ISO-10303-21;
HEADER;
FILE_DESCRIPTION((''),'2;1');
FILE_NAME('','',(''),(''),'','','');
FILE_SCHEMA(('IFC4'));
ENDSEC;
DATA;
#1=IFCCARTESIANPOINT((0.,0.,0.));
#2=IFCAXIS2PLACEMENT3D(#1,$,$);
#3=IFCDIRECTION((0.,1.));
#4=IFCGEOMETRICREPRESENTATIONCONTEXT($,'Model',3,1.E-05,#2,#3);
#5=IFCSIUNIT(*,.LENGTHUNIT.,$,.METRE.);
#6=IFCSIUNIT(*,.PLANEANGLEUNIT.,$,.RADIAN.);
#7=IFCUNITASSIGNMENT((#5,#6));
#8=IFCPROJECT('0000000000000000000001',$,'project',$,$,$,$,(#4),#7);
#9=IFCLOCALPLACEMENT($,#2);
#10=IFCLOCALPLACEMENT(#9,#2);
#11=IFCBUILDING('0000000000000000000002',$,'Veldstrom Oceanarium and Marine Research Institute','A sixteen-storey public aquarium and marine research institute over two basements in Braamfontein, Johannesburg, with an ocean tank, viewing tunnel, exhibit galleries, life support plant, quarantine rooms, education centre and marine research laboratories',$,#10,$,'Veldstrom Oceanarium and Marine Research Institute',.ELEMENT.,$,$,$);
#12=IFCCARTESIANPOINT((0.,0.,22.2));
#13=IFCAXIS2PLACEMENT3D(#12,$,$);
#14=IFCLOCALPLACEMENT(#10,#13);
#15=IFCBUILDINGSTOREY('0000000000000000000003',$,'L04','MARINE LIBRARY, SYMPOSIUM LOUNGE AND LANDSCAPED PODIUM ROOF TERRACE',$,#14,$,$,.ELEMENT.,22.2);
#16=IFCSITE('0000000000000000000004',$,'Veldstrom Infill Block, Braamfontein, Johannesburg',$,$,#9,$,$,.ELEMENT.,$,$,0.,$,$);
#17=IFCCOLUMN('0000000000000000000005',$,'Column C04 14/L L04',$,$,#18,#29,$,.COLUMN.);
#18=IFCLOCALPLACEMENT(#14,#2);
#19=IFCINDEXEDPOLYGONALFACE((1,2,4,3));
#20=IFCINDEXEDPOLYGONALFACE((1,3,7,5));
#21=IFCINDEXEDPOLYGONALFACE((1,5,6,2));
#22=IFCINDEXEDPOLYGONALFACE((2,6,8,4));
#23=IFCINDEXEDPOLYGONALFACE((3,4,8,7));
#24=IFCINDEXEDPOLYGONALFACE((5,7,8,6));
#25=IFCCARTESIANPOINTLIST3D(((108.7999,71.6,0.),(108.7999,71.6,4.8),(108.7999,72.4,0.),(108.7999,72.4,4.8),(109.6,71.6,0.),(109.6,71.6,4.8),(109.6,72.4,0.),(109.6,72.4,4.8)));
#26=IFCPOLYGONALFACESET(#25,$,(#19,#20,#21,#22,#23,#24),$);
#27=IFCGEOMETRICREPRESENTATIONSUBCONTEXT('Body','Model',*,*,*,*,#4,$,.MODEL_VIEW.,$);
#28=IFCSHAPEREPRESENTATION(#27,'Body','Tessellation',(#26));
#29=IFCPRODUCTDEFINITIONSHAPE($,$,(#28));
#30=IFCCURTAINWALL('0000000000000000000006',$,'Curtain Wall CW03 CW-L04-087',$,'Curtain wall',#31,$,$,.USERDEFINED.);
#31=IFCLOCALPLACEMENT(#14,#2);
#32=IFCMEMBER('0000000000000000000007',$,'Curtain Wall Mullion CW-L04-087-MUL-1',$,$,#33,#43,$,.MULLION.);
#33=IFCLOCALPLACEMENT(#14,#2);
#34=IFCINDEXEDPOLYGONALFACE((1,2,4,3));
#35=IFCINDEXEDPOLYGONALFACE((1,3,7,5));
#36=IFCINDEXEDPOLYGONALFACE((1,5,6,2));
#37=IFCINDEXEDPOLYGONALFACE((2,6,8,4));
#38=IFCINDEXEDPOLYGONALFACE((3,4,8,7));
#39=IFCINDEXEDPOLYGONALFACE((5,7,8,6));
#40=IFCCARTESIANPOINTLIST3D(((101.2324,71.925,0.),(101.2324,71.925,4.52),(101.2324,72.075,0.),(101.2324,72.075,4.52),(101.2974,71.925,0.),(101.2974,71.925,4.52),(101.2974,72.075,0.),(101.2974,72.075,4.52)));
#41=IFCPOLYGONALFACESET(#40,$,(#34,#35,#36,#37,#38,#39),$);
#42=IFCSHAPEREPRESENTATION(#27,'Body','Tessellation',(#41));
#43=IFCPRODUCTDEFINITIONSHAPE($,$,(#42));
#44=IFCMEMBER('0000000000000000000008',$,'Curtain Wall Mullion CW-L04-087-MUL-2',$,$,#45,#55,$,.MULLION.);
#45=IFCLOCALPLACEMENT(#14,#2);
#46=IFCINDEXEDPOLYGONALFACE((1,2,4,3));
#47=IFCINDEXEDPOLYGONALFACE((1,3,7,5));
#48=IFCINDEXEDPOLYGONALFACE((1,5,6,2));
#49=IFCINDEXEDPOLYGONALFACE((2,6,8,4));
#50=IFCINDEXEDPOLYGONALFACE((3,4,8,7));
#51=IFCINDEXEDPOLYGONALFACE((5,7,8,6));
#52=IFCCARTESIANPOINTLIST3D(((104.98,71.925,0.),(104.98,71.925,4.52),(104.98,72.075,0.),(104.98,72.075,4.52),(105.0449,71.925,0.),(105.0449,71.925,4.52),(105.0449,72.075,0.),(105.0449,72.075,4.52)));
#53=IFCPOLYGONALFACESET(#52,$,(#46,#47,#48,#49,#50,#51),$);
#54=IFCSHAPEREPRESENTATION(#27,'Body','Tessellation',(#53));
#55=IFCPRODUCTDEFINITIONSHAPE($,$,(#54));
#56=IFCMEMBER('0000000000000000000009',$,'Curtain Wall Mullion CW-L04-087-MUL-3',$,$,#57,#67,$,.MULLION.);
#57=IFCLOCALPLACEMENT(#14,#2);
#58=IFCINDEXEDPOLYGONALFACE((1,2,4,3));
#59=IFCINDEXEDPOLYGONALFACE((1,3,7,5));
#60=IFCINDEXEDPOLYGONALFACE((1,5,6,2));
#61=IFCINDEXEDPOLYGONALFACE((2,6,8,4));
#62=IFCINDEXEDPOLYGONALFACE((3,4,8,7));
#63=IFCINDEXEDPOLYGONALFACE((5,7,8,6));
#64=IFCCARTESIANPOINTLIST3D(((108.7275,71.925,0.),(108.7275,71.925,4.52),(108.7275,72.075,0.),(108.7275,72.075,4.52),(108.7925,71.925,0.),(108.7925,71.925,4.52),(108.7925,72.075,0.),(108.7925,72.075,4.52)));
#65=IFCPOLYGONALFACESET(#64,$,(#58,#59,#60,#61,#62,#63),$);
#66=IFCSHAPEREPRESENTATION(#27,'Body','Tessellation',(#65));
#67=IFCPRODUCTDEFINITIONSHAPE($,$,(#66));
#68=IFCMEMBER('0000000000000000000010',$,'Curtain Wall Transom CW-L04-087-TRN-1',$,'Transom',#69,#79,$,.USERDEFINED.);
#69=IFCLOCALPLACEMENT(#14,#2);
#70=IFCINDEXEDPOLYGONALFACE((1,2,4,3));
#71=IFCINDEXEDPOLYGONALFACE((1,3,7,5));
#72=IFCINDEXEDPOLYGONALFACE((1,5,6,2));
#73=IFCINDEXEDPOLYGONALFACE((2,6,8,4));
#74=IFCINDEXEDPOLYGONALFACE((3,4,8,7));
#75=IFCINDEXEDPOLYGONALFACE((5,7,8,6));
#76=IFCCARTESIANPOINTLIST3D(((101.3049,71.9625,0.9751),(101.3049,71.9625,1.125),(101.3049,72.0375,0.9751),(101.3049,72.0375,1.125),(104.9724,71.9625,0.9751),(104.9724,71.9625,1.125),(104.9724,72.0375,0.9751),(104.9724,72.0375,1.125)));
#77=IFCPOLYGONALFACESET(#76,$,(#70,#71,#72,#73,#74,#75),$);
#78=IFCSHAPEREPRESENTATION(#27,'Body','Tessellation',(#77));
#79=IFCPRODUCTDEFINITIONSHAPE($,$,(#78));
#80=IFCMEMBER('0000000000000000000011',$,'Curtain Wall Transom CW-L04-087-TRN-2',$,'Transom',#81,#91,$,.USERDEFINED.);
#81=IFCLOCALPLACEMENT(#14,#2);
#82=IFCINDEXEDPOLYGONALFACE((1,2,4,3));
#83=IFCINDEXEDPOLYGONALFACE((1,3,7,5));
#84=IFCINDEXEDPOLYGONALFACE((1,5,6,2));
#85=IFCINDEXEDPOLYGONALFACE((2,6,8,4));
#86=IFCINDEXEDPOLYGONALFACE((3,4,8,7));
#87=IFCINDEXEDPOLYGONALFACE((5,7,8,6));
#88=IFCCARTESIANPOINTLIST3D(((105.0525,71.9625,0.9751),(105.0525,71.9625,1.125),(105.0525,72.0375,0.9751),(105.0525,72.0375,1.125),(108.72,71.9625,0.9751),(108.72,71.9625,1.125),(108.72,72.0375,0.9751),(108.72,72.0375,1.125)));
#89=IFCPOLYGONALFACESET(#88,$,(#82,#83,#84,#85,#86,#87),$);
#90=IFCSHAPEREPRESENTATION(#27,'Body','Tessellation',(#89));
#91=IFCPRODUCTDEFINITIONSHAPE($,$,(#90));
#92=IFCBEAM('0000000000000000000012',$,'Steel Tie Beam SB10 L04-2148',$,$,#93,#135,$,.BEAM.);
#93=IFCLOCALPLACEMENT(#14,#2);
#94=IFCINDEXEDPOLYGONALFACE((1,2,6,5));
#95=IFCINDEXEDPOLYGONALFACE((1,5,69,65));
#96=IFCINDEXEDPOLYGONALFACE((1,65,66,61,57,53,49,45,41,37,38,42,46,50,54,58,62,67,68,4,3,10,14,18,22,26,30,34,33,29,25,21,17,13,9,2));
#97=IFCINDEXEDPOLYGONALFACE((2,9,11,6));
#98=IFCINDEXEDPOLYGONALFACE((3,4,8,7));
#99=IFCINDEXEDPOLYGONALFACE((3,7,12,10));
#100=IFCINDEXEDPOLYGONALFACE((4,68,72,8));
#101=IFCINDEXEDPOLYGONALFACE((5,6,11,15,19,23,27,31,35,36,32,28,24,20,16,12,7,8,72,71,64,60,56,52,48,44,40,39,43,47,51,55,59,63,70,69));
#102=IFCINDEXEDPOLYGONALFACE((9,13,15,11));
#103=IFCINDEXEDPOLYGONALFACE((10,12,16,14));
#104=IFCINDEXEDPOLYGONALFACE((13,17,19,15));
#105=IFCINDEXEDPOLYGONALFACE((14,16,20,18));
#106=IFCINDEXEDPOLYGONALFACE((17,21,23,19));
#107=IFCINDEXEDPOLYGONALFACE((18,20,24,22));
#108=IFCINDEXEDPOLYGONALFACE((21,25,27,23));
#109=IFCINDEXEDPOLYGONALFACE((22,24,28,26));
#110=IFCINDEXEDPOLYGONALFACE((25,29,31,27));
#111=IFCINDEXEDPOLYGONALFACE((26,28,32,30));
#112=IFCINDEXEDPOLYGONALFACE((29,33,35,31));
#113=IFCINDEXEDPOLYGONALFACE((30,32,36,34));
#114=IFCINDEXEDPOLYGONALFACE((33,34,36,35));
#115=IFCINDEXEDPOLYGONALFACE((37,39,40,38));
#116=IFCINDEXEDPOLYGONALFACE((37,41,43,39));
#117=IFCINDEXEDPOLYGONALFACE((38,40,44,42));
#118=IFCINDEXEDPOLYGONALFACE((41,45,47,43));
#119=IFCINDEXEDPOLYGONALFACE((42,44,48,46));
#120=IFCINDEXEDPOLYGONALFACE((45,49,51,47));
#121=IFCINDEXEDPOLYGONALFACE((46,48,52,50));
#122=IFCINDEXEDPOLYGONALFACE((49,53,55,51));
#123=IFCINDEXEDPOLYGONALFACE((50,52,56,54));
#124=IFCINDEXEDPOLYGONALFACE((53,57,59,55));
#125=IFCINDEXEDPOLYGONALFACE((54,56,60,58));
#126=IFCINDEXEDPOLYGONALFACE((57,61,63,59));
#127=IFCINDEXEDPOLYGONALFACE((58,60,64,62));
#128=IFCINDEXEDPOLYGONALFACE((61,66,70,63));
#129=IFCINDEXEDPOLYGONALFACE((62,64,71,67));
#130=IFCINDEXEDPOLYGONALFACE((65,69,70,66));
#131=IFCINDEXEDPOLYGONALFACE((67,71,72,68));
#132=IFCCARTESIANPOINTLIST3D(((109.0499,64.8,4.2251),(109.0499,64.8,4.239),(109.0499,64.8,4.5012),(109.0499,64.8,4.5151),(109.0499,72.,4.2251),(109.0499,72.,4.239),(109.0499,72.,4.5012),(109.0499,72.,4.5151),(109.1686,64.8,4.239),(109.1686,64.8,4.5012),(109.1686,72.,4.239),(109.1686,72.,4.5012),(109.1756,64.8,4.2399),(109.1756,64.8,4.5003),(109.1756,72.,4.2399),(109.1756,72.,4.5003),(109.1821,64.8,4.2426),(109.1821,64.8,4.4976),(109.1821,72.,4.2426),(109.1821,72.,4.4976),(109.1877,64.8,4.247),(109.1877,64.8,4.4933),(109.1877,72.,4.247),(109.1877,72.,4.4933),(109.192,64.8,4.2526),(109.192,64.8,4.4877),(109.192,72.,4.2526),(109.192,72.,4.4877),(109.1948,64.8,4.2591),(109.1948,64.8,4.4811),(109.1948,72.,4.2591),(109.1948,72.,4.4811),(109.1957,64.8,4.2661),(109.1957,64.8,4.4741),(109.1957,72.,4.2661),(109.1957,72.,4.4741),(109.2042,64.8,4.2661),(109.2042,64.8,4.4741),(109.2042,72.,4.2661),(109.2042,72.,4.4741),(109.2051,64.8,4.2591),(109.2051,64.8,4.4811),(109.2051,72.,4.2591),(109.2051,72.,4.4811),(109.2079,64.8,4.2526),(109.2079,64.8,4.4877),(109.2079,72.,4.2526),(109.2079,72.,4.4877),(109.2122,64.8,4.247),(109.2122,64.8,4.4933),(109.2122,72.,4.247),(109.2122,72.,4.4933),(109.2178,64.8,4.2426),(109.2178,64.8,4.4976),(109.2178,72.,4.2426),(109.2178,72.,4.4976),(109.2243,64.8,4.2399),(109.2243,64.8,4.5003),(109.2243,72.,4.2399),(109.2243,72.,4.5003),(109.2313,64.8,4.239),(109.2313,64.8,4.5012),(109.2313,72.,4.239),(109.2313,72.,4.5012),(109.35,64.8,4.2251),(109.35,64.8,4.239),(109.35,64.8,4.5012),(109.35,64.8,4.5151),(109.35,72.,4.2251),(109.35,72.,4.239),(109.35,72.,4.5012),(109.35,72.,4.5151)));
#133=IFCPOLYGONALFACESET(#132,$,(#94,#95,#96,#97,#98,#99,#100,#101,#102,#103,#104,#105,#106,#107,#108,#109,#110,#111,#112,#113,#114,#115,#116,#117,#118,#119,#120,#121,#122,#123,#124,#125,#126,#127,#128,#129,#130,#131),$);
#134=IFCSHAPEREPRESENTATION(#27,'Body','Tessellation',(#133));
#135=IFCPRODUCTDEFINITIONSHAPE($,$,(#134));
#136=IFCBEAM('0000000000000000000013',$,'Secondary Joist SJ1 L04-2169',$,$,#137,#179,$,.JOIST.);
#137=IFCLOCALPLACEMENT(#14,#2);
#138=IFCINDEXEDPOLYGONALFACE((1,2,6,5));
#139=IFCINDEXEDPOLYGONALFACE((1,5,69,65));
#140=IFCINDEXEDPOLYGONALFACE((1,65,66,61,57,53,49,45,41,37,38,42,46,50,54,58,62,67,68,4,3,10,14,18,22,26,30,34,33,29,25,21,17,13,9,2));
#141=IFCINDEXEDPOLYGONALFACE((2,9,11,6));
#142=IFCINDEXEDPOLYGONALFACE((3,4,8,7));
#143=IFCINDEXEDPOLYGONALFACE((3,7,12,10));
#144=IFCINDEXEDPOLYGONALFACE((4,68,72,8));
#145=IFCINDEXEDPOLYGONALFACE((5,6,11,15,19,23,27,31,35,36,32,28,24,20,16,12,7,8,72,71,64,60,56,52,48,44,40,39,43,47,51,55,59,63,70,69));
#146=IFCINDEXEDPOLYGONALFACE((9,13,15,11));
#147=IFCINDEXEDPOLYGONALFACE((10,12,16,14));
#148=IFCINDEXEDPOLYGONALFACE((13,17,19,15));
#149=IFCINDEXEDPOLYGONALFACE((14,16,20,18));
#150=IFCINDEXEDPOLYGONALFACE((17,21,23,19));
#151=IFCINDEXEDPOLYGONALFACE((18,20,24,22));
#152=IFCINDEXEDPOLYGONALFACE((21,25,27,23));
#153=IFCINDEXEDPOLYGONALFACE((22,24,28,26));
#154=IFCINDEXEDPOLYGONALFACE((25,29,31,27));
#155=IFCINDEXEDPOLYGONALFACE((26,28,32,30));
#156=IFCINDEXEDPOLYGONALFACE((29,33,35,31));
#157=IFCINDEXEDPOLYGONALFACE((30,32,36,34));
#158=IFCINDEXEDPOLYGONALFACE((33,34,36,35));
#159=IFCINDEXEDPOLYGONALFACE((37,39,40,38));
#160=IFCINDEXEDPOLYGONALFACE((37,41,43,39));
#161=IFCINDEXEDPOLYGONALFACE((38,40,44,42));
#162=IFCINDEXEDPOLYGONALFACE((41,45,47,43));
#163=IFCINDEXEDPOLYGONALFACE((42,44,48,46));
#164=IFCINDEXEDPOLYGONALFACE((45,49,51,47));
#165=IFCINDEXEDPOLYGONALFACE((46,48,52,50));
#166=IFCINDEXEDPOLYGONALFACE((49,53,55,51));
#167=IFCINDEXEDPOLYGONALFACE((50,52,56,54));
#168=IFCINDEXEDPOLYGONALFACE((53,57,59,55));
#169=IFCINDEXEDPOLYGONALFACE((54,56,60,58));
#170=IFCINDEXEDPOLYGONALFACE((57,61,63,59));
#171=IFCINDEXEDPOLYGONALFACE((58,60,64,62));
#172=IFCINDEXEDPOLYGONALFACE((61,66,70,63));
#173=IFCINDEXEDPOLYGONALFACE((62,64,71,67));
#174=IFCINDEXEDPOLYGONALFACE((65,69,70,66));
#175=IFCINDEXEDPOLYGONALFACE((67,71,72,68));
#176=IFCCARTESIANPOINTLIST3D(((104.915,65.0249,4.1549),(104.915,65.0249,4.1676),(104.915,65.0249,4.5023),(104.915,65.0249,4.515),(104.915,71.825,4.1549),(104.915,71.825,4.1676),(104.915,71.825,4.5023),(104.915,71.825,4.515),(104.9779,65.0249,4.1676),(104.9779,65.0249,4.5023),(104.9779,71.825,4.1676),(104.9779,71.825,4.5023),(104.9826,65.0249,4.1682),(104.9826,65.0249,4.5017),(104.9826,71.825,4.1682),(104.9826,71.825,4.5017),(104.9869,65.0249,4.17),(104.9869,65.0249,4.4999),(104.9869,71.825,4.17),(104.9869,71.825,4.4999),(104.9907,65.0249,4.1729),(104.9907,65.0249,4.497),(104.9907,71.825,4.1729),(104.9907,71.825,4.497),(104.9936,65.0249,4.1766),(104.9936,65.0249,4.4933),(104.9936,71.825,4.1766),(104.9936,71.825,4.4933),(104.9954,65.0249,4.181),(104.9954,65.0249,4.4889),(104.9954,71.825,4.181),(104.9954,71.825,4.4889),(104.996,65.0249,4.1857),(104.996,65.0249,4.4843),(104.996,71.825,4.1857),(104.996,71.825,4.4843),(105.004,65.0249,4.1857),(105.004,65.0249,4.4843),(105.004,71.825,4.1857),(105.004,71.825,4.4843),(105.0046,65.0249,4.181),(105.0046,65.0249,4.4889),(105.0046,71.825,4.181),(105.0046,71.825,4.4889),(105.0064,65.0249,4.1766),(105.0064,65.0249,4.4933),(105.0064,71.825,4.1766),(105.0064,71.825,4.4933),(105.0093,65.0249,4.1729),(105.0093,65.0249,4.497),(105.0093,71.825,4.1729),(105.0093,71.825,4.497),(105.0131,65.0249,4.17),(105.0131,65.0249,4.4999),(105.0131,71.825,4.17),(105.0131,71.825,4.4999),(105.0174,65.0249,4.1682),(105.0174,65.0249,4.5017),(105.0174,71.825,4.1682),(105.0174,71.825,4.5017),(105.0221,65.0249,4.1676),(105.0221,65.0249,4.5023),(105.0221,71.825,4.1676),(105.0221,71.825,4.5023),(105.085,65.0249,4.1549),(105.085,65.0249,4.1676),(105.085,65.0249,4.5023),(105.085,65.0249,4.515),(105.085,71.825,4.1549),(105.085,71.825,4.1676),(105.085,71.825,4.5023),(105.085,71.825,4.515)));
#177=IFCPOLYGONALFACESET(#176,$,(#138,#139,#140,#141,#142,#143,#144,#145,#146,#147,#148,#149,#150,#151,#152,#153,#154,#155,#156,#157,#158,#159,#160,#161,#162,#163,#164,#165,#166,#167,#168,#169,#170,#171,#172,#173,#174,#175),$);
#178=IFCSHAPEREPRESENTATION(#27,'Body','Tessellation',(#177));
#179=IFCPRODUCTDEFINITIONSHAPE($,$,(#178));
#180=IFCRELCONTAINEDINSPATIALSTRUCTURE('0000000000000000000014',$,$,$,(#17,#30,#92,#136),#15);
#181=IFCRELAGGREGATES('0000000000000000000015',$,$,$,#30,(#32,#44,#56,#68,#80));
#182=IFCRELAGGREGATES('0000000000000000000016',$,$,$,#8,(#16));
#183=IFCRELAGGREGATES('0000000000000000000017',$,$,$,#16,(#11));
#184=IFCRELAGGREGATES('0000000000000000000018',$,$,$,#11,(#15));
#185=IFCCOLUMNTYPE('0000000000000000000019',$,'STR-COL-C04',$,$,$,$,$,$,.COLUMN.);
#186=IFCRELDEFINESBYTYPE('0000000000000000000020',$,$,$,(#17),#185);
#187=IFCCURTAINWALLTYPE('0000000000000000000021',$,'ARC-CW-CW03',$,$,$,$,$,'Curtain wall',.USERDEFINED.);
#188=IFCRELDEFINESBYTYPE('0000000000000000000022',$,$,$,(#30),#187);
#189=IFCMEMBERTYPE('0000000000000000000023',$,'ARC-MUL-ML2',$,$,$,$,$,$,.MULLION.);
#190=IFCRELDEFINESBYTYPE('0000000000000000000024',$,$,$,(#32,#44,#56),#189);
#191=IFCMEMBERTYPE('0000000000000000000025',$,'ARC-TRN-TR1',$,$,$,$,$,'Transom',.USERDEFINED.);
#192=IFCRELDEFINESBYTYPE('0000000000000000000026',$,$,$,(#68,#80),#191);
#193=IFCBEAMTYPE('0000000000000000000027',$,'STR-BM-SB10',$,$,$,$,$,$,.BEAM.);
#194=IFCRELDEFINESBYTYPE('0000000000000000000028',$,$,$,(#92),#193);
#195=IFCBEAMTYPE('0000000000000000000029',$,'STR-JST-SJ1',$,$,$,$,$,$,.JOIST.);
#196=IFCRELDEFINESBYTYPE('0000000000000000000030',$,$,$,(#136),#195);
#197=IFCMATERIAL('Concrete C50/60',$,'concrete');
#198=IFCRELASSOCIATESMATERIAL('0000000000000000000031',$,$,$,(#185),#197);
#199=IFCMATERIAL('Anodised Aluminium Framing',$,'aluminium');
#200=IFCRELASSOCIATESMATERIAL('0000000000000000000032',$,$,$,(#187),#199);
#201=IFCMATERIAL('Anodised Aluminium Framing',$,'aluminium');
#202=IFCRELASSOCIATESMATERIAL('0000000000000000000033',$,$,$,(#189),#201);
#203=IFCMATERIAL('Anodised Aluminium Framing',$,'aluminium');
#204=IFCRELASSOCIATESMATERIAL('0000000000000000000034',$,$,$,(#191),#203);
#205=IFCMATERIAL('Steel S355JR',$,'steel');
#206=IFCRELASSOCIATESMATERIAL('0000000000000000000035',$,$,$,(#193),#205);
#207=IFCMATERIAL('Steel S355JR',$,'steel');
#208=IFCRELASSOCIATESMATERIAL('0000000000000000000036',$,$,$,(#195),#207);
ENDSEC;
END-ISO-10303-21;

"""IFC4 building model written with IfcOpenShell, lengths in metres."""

from ifc_helpers import new_model, si_unit, direction, frame, origin, origin_2d, place, context, subcontext, project, spatial, rectangle, i_section, extrude, material, material_profile, profile_set, type_object, element, aggregate, save


model = new_model("IFC4")

# Units and contexts
model_context = context("Model", 3, precision=1e-05, world=origin(), true_north=direction((0.0, 1.0)))
body_context = subcontext(model_context, "Body", "Model", "MODEL_VIEW")
ifc_project = project(units=[si_unit("LENGTHUNIT", "METRE"), si_unit("PLANEANGLEUNIT", "RADIAN")], contexts=[model_context])

# Site, building, storey
site_placement = place(None, origin())
site = spatial("IfcSite", under=ifc_project, at=site_placement, Name="Veldstrom Infill Block, Braamfontein, Johannesburg", CompositionType="ELEMENT", RefElevation=0.0)
building_placement = place(site_placement, origin())
building = spatial("IfcBuilding", under=site, at=building_placement, Name="Veldstrom Oceanarium and Marine Research Institute", Description="A sixteen-storey public aquarium and marine research institute over two basements in Braamfontein, Johannesburg, with an ocean tank, viewing tunnel, exhibit galleries, life support plant, quarantine rooms, education centre and marine research laboratories", LongName="Veldstrom Oceanarium and Marine Research Institute", CompositionType="ELEMENT")
storey_placement = place(building_placement, frame((0.0, 0.0, 22.2)))
storey = spatial("IfcBuildingStorey", under=building, at=storey_placement, Name="L04", Description="MARINE LIBRARY, SYMPOSIUM LOUNGE AND LANDSCAPED PODIUM ROOF TERRACE", CompositionType="ELEMENT", Elevation=22.2)

# Column
ifc_material_1 = material(Name="Concrete C50/60", Category="concrete")
ifc_material_profile_1 = material_profile(ifc_material_1, rectangle(XDim=0.8, YDim=0.8, at=origin_2d()), Name="RC-COL-800x800")
ifc_profile_set_1 = profile_set([ifc_material_profile_1], Name="Concrete C50/60")
column_type = type_object("IfcColumnType", Name="STR-COL-C04", PredefinedType="COLUMN", material=ifc_profile_set_1)
column_placement = place(storey_placement, frame((109.2, 72.0, 0.0), z_axis=(0.0, 0.0, 1.0), x_axis=(1.0, 0.0, 0.0)))
element("IfcColumn", 1, at=column_placement, inside=storey, type_object=column_type, Name="Column C04 14/L L04", PredefinedType="COLUMN", context=body_context, shape_type="SweptSolid", body=[
    extrude(rectangle(XDim=0.8, YDim=0.8, at=origin_2d()), origin(), (0.0, 0.0, 1.0), 4.8),
])

# Curtain wall, members
ifc_material_2 = material(Name="Anodised Aluminium Framing", Category="aluminium")
curtain_wall_type = type_object("IfcCurtainWallType", Name="ARC-CW-CW03", ElementType="Curtain wall", PredefinedType="USERDEFINED", material=ifc_material_2)
curtain_wall_placement = place(storey_placement, origin())
curtain_wall = element("IfcCurtainWall", 2, at=curtain_wall_placement, inside=storey, type_object=curtain_wall_type, Name="Curtain Wall CW03 CW-L04-087", ObjectType="Curtain wall", PredefinedType="USERDEFINED")
ifc_material_3 = material(Name="Anodised Aluminium Framing", Category="aluminium")
ifc_material_profile_2 = material_profile(ifc_material_3, rectangle(XDim=0.0649, YDim=0.1499, at=origin_2d()), Name="ALU-MUL-65x150")
ifc_profile_set_2 = profile_set([ifc_material_profile_2], Name="Anodised Aluminium Framing")
member_type_1 = type_object("IfcMemberType", Name="ARC-MUL-ML2", PredefinedType="MULLION", material=ifc_profile_set_2)
member_1_placement = place(storey_placement, frame((101.2649, 72.0, 0.0), z_axis=(0.0, 0.0, 1.0), x_axis=(1.0, 0.0, 0.0)))
member_1 = element("IfcMember", 3, at=member_1_placement, type_object=member_type_1, Name="Curtain Wall Mullion CW-L04-087-MUL-1", PredefinedType="MULLION", context=body_context, shape_type="SweptSolid", body=[
    extrude(rectangle(XDim=0.0649, YDim=0.1499, at=origin_2d()), origin(), (0.0, 0.0, 1.0), 4.52),
])
member_2_placement = place(storey_placement, frame((105.0125, 72.0, 0.0), z_axis=(0.0, 0.0, 1.0), x_axis=(1.0, 0.0, 0.0)))
member_2 = element("IfcMember", 4, at=member_2_placement, type_object=member_type_1, Name="Curtain Wall Mullion CW-L04-087-MUL-2", PredefinedType="MULLION", context=body_context, shape_type="SweptSolid", body=[
    extrude(rectangle(XDim=0.0649, YDim=0.1499, at=origin_2d()), origin(), (0.0, 0.0, 1.0), 4.52),
])
member_3_placement = place(storey_placement, frame((108.76, 72.0, 0.0), z_axis=(0.0, 0.0, 1.0), x_axis=(1.0, 0.0, 0.0)))
member_3 = element("IfcMember", 5, at=member_3_placement, type_object=member_type_1, Name="Curtain Wall Mullion CW-L04-087-MUL-3", PredefinedType="MULLION", context=body_context, shape_type="SweptSolid", body=[
    extrude(rectangle(XDim=0.0649, YDim=0.1499, at=origin_2d()), origin(), (0.0, 0.0, 1.0), 4.52),
])
ifc_material_4 = material(Name="Anodised Aluminium Framing", Category="aluminium")
ifc_material_profile_3 = material_profile(ifc_material_4, rectangle(XDim=0.075, YDim=0.1499, at=origin_2d()), Name="ALU-TRN-75x150")
ifc_profile_set_3 = profile_set([ifc_material_profile_3], Name="Anodised Aluminium Framing")
member_type_2 = type_object("IfcMemberType", Name="ARC-TRN-TR1", ElementType="Transom", PredefinedType="USERDEFINED", material=ifc_profile_set_3)
member_4_placement = place(storey_placement, frame((101.3049, 72.0, 1.05), z_axis=(1.0, 0.0, 0.0), x_axis=(0.0, 1.0, 0.0)))
member_4 = element("IfcMember", 6, at=member_4_placement, type_object=member_type_2, Name="Curtain Wall Transom CW-L04-087-TRN-1", ObjectType="Transom", PredefinedType="USERDEFINED", context=body_context, shape_type="SweptSolid", body=[
    extrude(rectangle(XDim=0.075, YDim=0.1499, at=origin_2d()), origin(), (0.0, 0.0, 1.0), 3.6675),
])
member_5_placement = place(storey_placement, frame((105.0525, 72.0, 1.05), z_axis=(1.0, 0.0, 0.0), x_axis=(0.0, 1.0, 0.0)))
member_5 = element("IfcMember", 7, at=member_5_placement, type_object=member_type_2, Name="Curtain Wall Transom CW-L04-087-TRN-2", ObjectType="Transom", PredefinedType="USERDEFINED", context=body_context, shape_type="SweptSolid", body=[
    extrude(rectangle(XDim=0.075, YDim=0.1499, at=origin_2d()), origin(), (0.0, 0.0, 1.0), 3.6675),
])

# Beams
ifc_material_5 = material(Name="Steel S355JR", Category="steel")
ifc_material_profile_4 = material_profile(ifc_material_5, i_section(OverallWidth=0.3, OverallDepth=0.29, WebThickness=0.0085, FlangeThickness=0.0139, FilletRadius=0.0271, at=origin_2d()), Name="HEA 300")
ifc_profile_set_4 = profile_set([ifc_material_profile_4], Name="Steel S355JR")
beam_type_1 = type_object("IfcBeamType", Name="STR-BM-SB10", PredefinedType="BEAM", material=ifc_profile_set_4)
beam_1_placement = place(storey_placement, frame((109.2, 64.8, 4.3701), z_axis=(0.0, 1.0, 0.0), x_axis=(-1.0, 0.0, 0.0)))
element("IfcBeam", 8, at=beam_1_placement, inside=storey, type_object=beam_type_1, Name="Steel Tie Beam SB10 L04-2148", PredefinedType="BEAM", context=body_context, shape_type="SweptSolid", body=[
    extrude(i_section(OverallWidth=0.3, OverallDepth=0.29, WebThickness=0.0085, FlangeThickness=0.0139, FilletRadius=0.0271, at=origin_2d()), origin(), (0.0, 0.0, 1.0), 7.2),
])
ifc_material_6 = material(Name="Steel S355JR", Category="steel")
ifc_material_profile_5 = material_profile(ifc_material_6, i_section(OverallWidth=0.1699, OverallDepth=0.3601, WebThickness=0.0081, FlangeThickness=0.0127, FilletRadius=0.0181, at=origin_2d()), Name="IPE 360")
ifc_profile_set_5 = profile_set([ifc_material_profile_5], Name="Steel S355JR")
beam_type_2 = type_object("IfcBeamType", Name="STR-JST-SJ1", PredefinedType="JOIST", material=ifc_profile_set_5)
beam_2_placement = place(storey_placement, frame((105.0, 65.0249, 4.335), z_axis=(0.0, 1.0, 0.0), x_axis=(-1.0, 0.0, 0.0)))
element("IfcBeam", 9, at=beam_2_placement, inside=storey, type_object=beam_type_2, Name="Secondary Joist SJ1 L04-2169", PredefinedType="JOIST", context=body_context, shape_type="SweptSolid", body=[
    extrude(i_section(OverallWidth=0.1699, OverallDepth=0.3601, WebThickness=0.0081, FlangeThickness=0.0127, FilletRadius=0.0181, at=origin_2d()), origin(), (0.0, 0.0, 1.0), 6.8),
])

aggregate(curtain_wall, [member_1, member_2, member_3, member_4, member_5])

save(model, "model.ifc")
